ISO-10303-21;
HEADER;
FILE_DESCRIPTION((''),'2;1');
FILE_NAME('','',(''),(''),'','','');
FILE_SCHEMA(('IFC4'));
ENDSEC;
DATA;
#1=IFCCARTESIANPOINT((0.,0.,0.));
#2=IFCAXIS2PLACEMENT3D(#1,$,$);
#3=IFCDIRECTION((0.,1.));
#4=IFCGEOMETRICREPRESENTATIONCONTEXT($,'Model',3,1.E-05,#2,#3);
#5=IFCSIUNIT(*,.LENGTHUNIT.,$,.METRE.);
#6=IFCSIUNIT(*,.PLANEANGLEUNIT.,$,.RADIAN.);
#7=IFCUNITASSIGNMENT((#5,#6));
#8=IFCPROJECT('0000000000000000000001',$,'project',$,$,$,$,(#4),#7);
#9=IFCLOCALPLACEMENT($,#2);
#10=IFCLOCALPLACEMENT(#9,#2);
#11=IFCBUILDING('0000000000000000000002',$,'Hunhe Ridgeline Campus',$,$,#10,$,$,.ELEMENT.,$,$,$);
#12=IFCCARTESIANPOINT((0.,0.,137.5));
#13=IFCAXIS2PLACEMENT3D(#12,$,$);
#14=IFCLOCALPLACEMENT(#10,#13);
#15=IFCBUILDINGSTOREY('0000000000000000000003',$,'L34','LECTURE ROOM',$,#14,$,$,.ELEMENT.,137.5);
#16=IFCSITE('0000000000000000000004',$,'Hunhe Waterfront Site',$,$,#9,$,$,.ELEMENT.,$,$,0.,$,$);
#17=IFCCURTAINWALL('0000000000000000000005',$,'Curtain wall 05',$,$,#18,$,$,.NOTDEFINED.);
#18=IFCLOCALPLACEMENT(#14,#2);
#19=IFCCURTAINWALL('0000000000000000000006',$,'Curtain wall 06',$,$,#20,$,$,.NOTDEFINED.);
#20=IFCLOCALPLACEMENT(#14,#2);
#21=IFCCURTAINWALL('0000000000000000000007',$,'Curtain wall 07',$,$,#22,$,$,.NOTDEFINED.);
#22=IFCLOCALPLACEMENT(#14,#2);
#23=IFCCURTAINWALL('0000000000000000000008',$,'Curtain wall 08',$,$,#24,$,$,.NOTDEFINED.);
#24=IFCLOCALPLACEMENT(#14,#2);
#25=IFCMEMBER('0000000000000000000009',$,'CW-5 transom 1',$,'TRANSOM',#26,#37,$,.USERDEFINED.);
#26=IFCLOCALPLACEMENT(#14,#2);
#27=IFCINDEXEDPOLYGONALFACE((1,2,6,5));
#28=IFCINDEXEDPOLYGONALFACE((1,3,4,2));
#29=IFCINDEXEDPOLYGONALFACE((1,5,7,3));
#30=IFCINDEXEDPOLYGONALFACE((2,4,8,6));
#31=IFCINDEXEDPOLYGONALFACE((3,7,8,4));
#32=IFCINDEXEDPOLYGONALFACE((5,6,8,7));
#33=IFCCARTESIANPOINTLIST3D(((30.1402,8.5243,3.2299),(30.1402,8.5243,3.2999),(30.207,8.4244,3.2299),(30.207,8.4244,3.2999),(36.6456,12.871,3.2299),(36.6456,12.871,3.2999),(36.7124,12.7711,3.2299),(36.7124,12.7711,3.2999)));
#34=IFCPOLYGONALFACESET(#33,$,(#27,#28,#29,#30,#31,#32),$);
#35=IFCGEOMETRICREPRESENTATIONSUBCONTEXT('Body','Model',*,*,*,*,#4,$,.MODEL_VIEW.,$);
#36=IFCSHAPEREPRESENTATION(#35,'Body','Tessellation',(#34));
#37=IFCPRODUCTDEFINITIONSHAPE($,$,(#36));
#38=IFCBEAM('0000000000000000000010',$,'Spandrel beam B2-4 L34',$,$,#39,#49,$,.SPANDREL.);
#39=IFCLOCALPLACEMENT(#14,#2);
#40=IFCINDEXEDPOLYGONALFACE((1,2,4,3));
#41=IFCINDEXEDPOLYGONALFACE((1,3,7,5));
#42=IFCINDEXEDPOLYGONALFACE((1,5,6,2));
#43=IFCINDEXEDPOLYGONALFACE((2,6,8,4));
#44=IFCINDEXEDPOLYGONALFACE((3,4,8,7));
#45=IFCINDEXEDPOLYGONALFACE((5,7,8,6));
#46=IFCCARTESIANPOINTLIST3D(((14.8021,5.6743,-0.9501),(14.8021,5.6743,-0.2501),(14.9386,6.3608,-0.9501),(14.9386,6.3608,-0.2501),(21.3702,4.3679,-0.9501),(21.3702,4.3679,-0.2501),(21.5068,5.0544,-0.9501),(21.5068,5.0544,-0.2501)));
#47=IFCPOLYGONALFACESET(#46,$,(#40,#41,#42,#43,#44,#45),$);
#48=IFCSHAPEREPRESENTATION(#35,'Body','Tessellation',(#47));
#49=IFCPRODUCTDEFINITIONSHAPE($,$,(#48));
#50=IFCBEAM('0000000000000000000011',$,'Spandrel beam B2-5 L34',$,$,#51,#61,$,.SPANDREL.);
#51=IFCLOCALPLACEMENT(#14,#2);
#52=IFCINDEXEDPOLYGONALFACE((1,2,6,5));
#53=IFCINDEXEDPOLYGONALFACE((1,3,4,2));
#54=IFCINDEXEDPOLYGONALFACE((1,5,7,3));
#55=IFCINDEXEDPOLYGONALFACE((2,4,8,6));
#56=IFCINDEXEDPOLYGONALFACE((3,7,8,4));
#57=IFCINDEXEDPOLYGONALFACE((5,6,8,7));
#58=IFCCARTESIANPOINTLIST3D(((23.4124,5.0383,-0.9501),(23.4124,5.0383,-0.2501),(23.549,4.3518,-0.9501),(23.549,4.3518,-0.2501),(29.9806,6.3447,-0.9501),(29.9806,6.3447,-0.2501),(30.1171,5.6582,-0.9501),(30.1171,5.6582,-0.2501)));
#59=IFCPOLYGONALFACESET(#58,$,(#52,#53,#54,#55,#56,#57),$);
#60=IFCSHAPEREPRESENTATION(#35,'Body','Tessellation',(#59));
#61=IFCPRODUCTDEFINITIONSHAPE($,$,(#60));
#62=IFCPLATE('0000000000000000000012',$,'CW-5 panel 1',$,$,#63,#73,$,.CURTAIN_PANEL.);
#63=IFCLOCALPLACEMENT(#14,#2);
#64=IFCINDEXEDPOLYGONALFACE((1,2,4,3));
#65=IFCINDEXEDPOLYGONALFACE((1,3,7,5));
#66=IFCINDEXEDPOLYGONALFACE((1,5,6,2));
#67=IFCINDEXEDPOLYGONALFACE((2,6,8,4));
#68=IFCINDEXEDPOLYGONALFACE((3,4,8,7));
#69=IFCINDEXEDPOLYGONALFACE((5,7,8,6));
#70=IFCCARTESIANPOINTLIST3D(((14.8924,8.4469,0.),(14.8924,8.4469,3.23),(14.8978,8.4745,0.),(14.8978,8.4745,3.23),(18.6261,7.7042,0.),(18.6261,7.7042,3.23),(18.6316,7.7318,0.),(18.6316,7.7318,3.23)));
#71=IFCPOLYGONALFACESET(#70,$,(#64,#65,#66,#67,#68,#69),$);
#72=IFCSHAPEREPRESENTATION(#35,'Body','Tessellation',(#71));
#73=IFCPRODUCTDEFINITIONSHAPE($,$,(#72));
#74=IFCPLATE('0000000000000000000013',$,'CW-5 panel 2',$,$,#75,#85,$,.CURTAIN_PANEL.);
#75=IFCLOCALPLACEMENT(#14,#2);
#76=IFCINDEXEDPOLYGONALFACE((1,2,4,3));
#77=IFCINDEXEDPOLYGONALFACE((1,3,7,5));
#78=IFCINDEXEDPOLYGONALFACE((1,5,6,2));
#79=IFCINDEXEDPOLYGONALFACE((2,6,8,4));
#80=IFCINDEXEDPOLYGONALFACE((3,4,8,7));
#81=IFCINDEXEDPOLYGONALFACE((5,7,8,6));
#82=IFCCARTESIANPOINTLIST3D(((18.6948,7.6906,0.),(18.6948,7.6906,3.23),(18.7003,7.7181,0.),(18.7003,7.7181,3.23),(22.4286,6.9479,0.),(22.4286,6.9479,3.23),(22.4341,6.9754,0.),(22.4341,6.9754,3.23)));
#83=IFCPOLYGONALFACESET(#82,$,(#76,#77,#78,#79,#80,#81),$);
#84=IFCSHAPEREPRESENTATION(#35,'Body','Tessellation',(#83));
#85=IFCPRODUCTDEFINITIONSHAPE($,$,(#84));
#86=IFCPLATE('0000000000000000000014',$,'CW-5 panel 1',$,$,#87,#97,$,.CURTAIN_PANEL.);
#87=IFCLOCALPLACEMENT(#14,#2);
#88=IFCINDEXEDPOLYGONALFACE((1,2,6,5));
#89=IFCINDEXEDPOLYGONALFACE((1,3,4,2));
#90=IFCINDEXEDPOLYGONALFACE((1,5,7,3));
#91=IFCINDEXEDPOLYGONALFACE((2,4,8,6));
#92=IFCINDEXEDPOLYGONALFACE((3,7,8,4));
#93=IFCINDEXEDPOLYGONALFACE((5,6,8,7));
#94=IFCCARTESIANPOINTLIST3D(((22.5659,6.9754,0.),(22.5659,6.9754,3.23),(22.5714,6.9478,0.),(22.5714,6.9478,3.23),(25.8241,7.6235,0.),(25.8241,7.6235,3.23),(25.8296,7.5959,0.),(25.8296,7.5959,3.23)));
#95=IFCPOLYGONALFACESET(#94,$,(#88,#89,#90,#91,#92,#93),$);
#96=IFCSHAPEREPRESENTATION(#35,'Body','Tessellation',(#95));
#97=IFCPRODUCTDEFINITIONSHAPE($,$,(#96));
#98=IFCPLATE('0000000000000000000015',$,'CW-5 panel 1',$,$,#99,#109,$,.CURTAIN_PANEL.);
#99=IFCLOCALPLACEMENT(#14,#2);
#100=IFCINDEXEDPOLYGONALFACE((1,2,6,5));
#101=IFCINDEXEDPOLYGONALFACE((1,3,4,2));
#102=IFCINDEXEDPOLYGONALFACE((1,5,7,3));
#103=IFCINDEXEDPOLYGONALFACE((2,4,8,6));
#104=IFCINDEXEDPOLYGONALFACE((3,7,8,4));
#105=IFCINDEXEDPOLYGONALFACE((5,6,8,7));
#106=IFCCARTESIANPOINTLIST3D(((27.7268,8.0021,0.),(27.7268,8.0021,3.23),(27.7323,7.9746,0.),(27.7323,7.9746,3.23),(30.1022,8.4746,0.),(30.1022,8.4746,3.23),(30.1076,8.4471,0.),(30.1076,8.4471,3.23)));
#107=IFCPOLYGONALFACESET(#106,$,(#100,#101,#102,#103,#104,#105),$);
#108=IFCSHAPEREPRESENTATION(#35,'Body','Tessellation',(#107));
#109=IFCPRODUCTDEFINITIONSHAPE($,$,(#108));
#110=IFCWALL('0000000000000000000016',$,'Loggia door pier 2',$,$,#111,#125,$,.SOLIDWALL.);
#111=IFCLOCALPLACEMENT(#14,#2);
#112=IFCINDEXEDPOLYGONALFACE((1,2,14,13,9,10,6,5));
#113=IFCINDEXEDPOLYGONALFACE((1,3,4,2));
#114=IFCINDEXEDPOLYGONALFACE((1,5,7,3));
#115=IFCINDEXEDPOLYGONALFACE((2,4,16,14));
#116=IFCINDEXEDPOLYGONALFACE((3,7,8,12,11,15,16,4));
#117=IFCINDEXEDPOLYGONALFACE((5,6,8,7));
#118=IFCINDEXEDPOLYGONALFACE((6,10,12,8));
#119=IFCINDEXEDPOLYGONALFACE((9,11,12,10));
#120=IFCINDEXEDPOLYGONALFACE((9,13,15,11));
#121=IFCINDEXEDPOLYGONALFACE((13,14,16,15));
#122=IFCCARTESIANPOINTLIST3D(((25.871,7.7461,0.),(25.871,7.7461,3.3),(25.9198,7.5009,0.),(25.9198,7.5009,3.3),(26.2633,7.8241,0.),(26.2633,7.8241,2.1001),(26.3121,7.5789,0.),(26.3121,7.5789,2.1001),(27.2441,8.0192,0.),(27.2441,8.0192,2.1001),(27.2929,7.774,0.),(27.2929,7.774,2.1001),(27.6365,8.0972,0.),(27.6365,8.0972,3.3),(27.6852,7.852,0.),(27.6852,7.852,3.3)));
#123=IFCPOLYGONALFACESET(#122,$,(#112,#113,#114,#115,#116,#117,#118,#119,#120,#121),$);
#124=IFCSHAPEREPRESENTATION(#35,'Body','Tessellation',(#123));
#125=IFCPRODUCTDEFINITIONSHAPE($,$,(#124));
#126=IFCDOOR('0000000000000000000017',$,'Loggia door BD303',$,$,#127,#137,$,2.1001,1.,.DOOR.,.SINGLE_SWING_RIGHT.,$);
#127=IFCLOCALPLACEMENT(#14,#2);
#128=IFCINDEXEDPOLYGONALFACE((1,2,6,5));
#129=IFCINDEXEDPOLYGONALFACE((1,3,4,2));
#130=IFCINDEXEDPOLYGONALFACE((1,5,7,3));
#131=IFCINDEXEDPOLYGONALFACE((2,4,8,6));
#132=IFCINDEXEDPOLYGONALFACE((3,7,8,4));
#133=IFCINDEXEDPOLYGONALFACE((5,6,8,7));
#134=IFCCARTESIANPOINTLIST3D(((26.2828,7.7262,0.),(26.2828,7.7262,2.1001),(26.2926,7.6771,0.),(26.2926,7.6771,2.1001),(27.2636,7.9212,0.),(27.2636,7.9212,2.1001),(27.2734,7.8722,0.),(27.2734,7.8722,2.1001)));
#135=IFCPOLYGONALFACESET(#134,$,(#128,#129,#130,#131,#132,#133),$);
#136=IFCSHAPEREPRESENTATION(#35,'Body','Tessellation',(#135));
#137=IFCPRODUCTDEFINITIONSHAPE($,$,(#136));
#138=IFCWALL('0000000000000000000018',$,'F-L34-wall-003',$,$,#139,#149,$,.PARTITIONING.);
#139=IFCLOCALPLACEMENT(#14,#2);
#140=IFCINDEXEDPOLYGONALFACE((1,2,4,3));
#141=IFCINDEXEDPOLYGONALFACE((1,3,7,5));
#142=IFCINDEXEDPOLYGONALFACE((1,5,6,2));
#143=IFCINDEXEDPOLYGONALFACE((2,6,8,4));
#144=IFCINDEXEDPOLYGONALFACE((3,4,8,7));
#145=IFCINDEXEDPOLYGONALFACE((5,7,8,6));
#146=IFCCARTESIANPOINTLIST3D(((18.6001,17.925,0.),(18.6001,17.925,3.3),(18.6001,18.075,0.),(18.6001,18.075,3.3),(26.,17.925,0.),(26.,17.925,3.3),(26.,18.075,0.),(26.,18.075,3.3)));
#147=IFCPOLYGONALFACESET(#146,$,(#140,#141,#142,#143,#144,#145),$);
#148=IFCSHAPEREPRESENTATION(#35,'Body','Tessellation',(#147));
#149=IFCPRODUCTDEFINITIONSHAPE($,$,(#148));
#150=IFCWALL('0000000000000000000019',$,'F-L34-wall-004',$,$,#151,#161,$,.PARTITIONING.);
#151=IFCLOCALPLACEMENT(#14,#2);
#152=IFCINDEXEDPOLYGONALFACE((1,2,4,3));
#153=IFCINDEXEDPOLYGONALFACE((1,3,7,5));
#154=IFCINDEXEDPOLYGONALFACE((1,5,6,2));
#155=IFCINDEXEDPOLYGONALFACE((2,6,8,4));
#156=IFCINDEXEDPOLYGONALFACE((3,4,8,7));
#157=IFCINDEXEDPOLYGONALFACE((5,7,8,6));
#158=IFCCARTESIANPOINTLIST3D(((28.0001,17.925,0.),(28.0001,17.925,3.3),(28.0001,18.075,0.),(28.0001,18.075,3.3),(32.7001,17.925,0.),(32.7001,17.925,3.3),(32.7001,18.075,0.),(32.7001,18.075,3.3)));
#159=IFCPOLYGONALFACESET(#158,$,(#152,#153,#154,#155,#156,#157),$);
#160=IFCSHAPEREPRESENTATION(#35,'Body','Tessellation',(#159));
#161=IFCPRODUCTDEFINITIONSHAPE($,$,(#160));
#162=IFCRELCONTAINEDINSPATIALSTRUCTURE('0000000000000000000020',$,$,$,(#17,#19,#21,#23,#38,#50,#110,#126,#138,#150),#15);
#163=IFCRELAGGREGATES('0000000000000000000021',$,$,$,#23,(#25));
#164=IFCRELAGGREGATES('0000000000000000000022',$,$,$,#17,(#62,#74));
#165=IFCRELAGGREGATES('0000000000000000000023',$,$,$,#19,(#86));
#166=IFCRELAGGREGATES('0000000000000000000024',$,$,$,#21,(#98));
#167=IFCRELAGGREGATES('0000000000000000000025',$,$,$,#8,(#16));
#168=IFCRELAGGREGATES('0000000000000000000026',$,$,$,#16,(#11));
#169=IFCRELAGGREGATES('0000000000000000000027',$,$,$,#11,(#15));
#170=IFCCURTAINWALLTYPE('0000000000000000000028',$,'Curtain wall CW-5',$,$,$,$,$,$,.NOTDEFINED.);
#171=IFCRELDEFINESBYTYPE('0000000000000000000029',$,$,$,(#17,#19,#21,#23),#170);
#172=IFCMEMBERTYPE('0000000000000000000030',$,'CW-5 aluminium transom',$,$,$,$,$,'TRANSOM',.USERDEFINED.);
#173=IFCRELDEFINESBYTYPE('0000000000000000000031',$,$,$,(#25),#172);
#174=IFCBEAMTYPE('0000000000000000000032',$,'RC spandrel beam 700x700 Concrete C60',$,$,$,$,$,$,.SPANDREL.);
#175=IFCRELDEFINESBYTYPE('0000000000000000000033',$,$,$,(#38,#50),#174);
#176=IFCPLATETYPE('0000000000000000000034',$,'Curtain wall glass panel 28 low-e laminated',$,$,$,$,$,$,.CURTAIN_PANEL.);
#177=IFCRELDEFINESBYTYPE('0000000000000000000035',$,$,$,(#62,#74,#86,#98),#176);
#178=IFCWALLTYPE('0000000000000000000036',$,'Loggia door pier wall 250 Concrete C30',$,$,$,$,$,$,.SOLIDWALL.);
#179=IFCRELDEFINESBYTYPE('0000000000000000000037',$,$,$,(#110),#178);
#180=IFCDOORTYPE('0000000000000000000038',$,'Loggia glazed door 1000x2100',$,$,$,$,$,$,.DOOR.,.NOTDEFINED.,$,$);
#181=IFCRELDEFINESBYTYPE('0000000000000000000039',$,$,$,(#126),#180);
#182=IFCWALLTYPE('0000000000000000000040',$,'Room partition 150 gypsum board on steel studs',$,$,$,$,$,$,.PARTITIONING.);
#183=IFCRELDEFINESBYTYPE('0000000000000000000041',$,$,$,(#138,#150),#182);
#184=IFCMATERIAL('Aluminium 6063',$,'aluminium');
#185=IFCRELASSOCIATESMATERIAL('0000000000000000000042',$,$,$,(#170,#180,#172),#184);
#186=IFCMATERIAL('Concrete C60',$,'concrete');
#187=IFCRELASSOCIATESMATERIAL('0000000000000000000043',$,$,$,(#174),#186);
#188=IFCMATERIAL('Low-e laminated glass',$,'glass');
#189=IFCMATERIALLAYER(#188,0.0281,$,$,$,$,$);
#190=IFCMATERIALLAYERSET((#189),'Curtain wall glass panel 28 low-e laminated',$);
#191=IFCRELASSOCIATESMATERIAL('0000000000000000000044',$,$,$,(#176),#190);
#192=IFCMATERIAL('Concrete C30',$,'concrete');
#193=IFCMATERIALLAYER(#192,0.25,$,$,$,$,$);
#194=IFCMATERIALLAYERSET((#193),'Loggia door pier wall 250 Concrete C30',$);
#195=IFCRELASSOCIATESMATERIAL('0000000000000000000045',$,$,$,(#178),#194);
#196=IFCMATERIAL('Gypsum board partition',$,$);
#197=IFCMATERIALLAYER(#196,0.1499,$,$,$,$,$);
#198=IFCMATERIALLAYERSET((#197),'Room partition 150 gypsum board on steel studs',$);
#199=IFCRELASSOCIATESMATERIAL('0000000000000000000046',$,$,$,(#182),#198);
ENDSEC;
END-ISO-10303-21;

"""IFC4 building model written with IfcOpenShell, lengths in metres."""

from ifc_helpers import new_model, si_unit, direction, frame, frame_2d, origin, origin_2d, place, context, subcontext, project, spatial, rectangle, extrude, material, layer, layer_set, material_profile, profile_set, type_object, element, fill, aggregate, save


model = new_model("IFC4")

# Units and contexts
model_context = context("Model", 3, precision=1e-05, world=origin(), true_north=direction((0.0, 1.0)))
body_context = subcontext(model_context, "Body", "Model", "MODEL_VIEW")
ifc_project = project(units=[si_unit("LENGTHUNIT", "METRE"), si_unit("PLANEANGLEUNIT", "RADIAN")], contexts=[model_context])

# Site, building, storey
site_placement = place(None, origin())
site = spatial("IfcSite", under=ifc_project, at=site_placement, Name="Hunhe Waterfront Site", CompositionType="ELEMENT", RefElevation=0.0)
building_placement = place(site_placement, origin())
building = spatial("IfcBuilding", under=site, at=building_placement, Name="Hunhe Ridgeline Campus", CompositionType="ELEMENT")
storey_placement = place(building_placement, frame((0.0, 0.0, 137.5)))
storey = spatial("IfcBuildingStorey", under=building, at=storey_placement, Name="L34", Description="LECTURE ROOM", CompositionType="ELEMENT", Elevation=137.5)

# Shared definitions
ifc_material_1 = material(Name="Aluminium 6063", Category="aluminium")
curtain_wall_type = type_object("IfcCurtainWallType", Name="Curtain wall CW-5", PredefinedType="NOTDEFINED", material=ifc_material_1)

# Curtain walls
curtain_wall_1_placement = place(storey_placement, origin())
curtain_wall_1 = element("IfcCurtainWall", 1, at=curtain_wall_1_placement, inside=storey, type_object=curtain_wall_type, Name="Curtain wall 05", PredefinedType="NOTDEFINED")
curtain_wall_2_placement = place(storey_placement, origin())
curtain_wall_2 = element("IfcCurtainWall", 2, at=curtain_wall_2_placement, inside=storey, type_object=curtain_wall_type, Name="Curtain wall 06", PredefinedType="NOTDEFINED")
curtain_wall_3_placement = place(storey_placement, origin())
curtain_wall_3 = element("IfcCurtainWall", 3, at=curtain_wall_3_placement, inside=storey, type_object=curtain_wall_type, Name="Curtain wall 07", PredefinedType="NOTDEFINED")

# Shared definitions
ifc_material_profile_1 = material_profile(ifc_material_1, rectangle(XDim=0.1201, YDim=0.0701, at=origin_2d()))
ifc_profile_set_1 = profile_set([ifc_material_profile_1], Name="Aluminium 6063")
member_type_1 = type_object("IfcMemberType", Name="CW-5 aluminium transom", ElementType="TRANSOM", PredefinedType="USERDEFINED", material=ifc_profile_set_1)

# Curtain wall, member
curtain_wall_4_placement = place(storey_placement, origin())
curtain_wall_4 = element("IfcCurtainWall", 4, at=curtain_wall_4_placement, inside=storey, type_object=curtain_wall_type, Name="Curtain wall 08", PredefinedType="NOTDEFINED")
member_1_placement = place(storey_placement, frame((30.1736, 8.4744, 3.2649), z_axis=(0.831474, 0.555564, 0.0), x_axis=(-0.555564, 0.831474, 0.0)))
member_1 = element("IfcMember", 5, at=member_1_placement, type_object=member_type_1, Name="CW-5 transom 1", ObjectType="TRANSOM", PredefinedType="USERDEFINED", context=body_context, shape_type="SweptSolid", body=[
    extrude(rectangle(XDim=0.1201, YDim=0.0701, at=origin_2d()), origin(), (0.0, 0.0, 1.0), 7.824),
])
aggregate(curtain_wall_4, [member_1])

# Beams
ifc_material_2 = material(Name="Concrete C60", Category="concrete")
ifc_material_profile_2 = material_profile(ifc_material_2, rectangle(XDim=0.7, YDim=0.7, at=origin_2d()))
ifc_profile_set_2 = profile_set([ifc_material_profile_2], Name="Concrete C60")
beam_type = type_object("IfcBeamType", Name="RC spandrel beam 700x700 Concrete C60", PredefinedType="SPANDREL", material=ifc_profile_set_2)
for number, where, z_axis, x_axis, name in (
    (6, (14.8704, 6.0176, -0.6001), (0.980788, -0.195078, 0.0), (0.195078, 0.980788, 0.0), "Spandrel beam B2-4 L34"),
    (7, (23.4807, 4.6951, -0.6001), (0.980788, 0.195078, 0.0), (-0.195078, 0.980788, 0.0), "Spandrel beam B2-5 L34"),
):
    element("IfcBeam", number, at=place(storey_placement, frame(where, z_axis=z_axis, x_axis=x_axis)), inside=storey, type_object=beam_type, Name=name, PredefinedType="SPANDREL", context=body_context, shape_type="SweptSolid", body=[
        extrude(rectangle(XDim=0.7, YDim=0.7, at=origin_2d()), origin(), (0.0, 0.0, 1.0), 6.6968),
    ])

# Plates
ifc_material_3 = material(Name="Low-e laminated glass", Category="glass")
ifc_layer_1 = layer(ifc_material_3, 0.0281)
ifc_layer_set_1 = layer_set([ifc_layer_1], Name="Curtain wall glass panel 28 low-e laminated")
plate_type = type_object("IfcPlateType", Name="Curtain wall glass panel 28 low-e laminated", PredefinedType="CURTAIN_PANEL", material=ifc_layer_set_1)
plate_1_placement = place(storey_placement, frame((16.762, 8.0894, 0.0), z_axis=(0.0, 0.0, 1.0), x_axis=(0.980785, -0.19509, 0.0)))
plate_1 = element("IfcPlate", 8, at=plate_1_placement, type_object=plate_type, Name="CW-5 panel 1", PredefinedType="CURTAIN_PANEL", context=body_context, shape_type="SweptSolid", body=[
    extrude(rectangle(XDim=3.8069, YDim=0.0281, at=origin_2d()), origin(), (0.0, 0.0, 1.0), 3.23),
])
plate_2_placement = place(storey_placement, frame((20.5645, 7.333, 0.0), z_axis=(0.0, 0.0, 1.0), x_axis=(0.980785, -0.19509, 0.0)))
plate_2 = element("IfcPlate", 9, at=plate_2_placement, type_object=plate_type, Name="CW-5 panel 2", PredefinedType="CURTAIN_PANEL", context=body_context, shape_type="SweptSolid", body=[
    extrude(rectangle(XDim=3.8069, YDim=0.0281, at=origin_2d()), origin(), (0.0, 0.0, 1.0), 3.23),
])
aggregate(curtain_wall_1, [plate_1, plate_2])
plate_3_placement = place(storey_placement, frame((24.1978, 7.2856, 0.0), z_axis=(0.0, 0.0, 1.0), x_axis=(0.980785, 0.19509, 0.0)))
plate_3 = element("IfcPlate", 10, at=plate_3_placement, type_object=plate_type, Name="CW-5 panel 1", PredefinedType="CURTAIN_PANEL", context=body_context, shape_type="SweptSolid", body=[
    extrude(rectangle(XDim=3.322, YDim=0.0281, at=origin_2d()), origin(), (0.0, 0.0, 1.0), 3.23),
])
aggregate(curtain_wall_2, [plate_3])
plate_4_placement = place(storey_placement, frame((28.9172, 8.2246, 0.0), z_axis=(0.0, 0.0, 1.0), x_axis=(0.980785, 0.195091, 0.0)))
plate_4 = element("IfcPlate", 11, at=plate_4_placement, type_object=plate_type, Name="CW-5 panel 1", PredefinedType="CURTAIN_PANEL", context=body_context, shape_type="SweptSolid", body=[
    extrude(rectangle(XDim=2.4219, YDim=0.0281, at=origin_2d()), origin(), (0.0, 0.0, 1.0), 3.23),
])
aggregate(curtain_wall_3, [plate_4])

# Wall, opening, door
ifc_material_4 = material(Name="Concrete C30", Category="concrete")
ifc_layer_2 = layer(ifc_material_4, 0.25)
ifc_layer_set_2 = layer_set([ifc_layer_2], Name="Loggia door pier wall 250 Concrete C30")
wall_type_1 = type_object("IfcWallType", Name="Loggia door pier wall 250 Concrete C30", PredefinedType="SOLIDWALL", material=ifc_layer_set_2)
wall_1_placement = place(storey_placement, frame((25.8955, 7.6235, 0.0), z_axis=(0.0, 0.0, 1.0), x_axis=(0.980794, 0.195047, 0.0)))
wall_1 = element("IfcWall", 12, at=wall_1_placement, inside=storey, type_object=wall_type_1, Name="Loggia door pier 2", PredefinedType="SOLIDWALL", context=body_context, shape_type="SweptSolid", body=[
    extrude(rectangle(XDim=1.8, YDim=0.25, at=frame_2d((0.8999, 0.0))), origin(), (0.0, 0.0, 1.0), 3.3),
])
opening_placement = place(wall_1_placement, frame((0.3999, 0.0, 0.0)))
opening = element("IfcOpeningElement", 13, at=opening_placement, cuts=wall_1, PredefinedType="OPENING", context=body_context, shape_type="SweptSolid", body=[
    extrude(rectangle(XDim=1.0, YDim=2.1001, at=frame_2d((0.5, 1.05))), frame((0.0, 0.125, 0.0), z_axis=(0.0, -1.0, 0.0), x_axis=(1.0, 0.0, 0.0)), (0.0, 0.0, 1.0), 0.25),
])
door_type = type_object("IfcDoorType", Name="Loggia glazed door 1000x2100", OperationType="NOTDEFINED", PredefinedType="DOOR", material=ifc_material_1)
door_placement = place(opening_placement, frame((1.0, 0.0, 0.0), z_axis=(0.0, 0.0, 1.0), x_axis=(-1.0, 0.0, 0.0)))
door = element("IfcDoor", 14, at=door_placement, inside=storey, type_object=door_type, Name="Loggia door BD303", OperationType="SINGLE_SWING_RIGHT", OverallHeight=2.1001, OverallWidth=1.0, PredefinedType="DOOR", context=body_context, shape_type="SweptSolid", body=[
    extrude(rectangle(XDim=1.0, YDim=2.1001, at=frame_2d((0.5, 1.05))), frame((0.0, 0.0249, 0.0), z_axis=(0.0, -1.0, 0.0), x_axis=(1.0, 0.0, 0.0)), (0.0, 0.0, 1.0), 0.05),
])
fill(opening, door)

# Walls
ifc_material_5 = material(Name="Gypsum board partition")
ifc_layer_3 = layer(ifc_material_5, 0.1499)
ifc_layer_set_3 = layer_set([ifc_layer_3], Name="Room partition 150 gypsum board on steel studs")
wall_type_2 = type_object("IfcWallType", Name="Room partition 150 gypsum board on steel studs", PredefinedType="PARTITIONING", material=ifc_layer_set_3)
wall_2_placement = place(storey_placement, frame((18.6001, 18.0, 0.0), z_axis=(0.0, 0.0, 1.0), x_axis=(1.0, 0.0, 0.0)))
element("IfcWall", 15, at=wall_2_placement, inside=storey, type_object=wall_type_2, Name="F-L34-wall-003", PredefinedType="PARTITIONING", context=body_context, shape_type="SweptSolid", body=[
    extrude(rectangle(XDim=7.3999, YDim=0.1499, at=frame_2d((3.7, 0.0))), origin(), (0.0, 0.0, 1.0), 3.3),
])
wall_3_placement = place(storey_placement, frame((28.0, 18.0, 0.0), z_axis=(0.0, 0.0, 1.0), x_axis=(1.0, 0.0, 0.0)))
element("IfcWall", 16, at=wall_3_placement, inside=storey, type_object=wall_type_2, Name="F-L34-wall-004", PredefinedType="PARTITIONING", context=body_context, shape_type="SweptSolid", body=[
    extrude(rectangle(XDim=4.7, YDim=0.1499, at=frame_2d((2.3501, 0.0))), origin(), (0.0, 0.0, 1.0), 3.3),
])

save(model, "model.ifc")
